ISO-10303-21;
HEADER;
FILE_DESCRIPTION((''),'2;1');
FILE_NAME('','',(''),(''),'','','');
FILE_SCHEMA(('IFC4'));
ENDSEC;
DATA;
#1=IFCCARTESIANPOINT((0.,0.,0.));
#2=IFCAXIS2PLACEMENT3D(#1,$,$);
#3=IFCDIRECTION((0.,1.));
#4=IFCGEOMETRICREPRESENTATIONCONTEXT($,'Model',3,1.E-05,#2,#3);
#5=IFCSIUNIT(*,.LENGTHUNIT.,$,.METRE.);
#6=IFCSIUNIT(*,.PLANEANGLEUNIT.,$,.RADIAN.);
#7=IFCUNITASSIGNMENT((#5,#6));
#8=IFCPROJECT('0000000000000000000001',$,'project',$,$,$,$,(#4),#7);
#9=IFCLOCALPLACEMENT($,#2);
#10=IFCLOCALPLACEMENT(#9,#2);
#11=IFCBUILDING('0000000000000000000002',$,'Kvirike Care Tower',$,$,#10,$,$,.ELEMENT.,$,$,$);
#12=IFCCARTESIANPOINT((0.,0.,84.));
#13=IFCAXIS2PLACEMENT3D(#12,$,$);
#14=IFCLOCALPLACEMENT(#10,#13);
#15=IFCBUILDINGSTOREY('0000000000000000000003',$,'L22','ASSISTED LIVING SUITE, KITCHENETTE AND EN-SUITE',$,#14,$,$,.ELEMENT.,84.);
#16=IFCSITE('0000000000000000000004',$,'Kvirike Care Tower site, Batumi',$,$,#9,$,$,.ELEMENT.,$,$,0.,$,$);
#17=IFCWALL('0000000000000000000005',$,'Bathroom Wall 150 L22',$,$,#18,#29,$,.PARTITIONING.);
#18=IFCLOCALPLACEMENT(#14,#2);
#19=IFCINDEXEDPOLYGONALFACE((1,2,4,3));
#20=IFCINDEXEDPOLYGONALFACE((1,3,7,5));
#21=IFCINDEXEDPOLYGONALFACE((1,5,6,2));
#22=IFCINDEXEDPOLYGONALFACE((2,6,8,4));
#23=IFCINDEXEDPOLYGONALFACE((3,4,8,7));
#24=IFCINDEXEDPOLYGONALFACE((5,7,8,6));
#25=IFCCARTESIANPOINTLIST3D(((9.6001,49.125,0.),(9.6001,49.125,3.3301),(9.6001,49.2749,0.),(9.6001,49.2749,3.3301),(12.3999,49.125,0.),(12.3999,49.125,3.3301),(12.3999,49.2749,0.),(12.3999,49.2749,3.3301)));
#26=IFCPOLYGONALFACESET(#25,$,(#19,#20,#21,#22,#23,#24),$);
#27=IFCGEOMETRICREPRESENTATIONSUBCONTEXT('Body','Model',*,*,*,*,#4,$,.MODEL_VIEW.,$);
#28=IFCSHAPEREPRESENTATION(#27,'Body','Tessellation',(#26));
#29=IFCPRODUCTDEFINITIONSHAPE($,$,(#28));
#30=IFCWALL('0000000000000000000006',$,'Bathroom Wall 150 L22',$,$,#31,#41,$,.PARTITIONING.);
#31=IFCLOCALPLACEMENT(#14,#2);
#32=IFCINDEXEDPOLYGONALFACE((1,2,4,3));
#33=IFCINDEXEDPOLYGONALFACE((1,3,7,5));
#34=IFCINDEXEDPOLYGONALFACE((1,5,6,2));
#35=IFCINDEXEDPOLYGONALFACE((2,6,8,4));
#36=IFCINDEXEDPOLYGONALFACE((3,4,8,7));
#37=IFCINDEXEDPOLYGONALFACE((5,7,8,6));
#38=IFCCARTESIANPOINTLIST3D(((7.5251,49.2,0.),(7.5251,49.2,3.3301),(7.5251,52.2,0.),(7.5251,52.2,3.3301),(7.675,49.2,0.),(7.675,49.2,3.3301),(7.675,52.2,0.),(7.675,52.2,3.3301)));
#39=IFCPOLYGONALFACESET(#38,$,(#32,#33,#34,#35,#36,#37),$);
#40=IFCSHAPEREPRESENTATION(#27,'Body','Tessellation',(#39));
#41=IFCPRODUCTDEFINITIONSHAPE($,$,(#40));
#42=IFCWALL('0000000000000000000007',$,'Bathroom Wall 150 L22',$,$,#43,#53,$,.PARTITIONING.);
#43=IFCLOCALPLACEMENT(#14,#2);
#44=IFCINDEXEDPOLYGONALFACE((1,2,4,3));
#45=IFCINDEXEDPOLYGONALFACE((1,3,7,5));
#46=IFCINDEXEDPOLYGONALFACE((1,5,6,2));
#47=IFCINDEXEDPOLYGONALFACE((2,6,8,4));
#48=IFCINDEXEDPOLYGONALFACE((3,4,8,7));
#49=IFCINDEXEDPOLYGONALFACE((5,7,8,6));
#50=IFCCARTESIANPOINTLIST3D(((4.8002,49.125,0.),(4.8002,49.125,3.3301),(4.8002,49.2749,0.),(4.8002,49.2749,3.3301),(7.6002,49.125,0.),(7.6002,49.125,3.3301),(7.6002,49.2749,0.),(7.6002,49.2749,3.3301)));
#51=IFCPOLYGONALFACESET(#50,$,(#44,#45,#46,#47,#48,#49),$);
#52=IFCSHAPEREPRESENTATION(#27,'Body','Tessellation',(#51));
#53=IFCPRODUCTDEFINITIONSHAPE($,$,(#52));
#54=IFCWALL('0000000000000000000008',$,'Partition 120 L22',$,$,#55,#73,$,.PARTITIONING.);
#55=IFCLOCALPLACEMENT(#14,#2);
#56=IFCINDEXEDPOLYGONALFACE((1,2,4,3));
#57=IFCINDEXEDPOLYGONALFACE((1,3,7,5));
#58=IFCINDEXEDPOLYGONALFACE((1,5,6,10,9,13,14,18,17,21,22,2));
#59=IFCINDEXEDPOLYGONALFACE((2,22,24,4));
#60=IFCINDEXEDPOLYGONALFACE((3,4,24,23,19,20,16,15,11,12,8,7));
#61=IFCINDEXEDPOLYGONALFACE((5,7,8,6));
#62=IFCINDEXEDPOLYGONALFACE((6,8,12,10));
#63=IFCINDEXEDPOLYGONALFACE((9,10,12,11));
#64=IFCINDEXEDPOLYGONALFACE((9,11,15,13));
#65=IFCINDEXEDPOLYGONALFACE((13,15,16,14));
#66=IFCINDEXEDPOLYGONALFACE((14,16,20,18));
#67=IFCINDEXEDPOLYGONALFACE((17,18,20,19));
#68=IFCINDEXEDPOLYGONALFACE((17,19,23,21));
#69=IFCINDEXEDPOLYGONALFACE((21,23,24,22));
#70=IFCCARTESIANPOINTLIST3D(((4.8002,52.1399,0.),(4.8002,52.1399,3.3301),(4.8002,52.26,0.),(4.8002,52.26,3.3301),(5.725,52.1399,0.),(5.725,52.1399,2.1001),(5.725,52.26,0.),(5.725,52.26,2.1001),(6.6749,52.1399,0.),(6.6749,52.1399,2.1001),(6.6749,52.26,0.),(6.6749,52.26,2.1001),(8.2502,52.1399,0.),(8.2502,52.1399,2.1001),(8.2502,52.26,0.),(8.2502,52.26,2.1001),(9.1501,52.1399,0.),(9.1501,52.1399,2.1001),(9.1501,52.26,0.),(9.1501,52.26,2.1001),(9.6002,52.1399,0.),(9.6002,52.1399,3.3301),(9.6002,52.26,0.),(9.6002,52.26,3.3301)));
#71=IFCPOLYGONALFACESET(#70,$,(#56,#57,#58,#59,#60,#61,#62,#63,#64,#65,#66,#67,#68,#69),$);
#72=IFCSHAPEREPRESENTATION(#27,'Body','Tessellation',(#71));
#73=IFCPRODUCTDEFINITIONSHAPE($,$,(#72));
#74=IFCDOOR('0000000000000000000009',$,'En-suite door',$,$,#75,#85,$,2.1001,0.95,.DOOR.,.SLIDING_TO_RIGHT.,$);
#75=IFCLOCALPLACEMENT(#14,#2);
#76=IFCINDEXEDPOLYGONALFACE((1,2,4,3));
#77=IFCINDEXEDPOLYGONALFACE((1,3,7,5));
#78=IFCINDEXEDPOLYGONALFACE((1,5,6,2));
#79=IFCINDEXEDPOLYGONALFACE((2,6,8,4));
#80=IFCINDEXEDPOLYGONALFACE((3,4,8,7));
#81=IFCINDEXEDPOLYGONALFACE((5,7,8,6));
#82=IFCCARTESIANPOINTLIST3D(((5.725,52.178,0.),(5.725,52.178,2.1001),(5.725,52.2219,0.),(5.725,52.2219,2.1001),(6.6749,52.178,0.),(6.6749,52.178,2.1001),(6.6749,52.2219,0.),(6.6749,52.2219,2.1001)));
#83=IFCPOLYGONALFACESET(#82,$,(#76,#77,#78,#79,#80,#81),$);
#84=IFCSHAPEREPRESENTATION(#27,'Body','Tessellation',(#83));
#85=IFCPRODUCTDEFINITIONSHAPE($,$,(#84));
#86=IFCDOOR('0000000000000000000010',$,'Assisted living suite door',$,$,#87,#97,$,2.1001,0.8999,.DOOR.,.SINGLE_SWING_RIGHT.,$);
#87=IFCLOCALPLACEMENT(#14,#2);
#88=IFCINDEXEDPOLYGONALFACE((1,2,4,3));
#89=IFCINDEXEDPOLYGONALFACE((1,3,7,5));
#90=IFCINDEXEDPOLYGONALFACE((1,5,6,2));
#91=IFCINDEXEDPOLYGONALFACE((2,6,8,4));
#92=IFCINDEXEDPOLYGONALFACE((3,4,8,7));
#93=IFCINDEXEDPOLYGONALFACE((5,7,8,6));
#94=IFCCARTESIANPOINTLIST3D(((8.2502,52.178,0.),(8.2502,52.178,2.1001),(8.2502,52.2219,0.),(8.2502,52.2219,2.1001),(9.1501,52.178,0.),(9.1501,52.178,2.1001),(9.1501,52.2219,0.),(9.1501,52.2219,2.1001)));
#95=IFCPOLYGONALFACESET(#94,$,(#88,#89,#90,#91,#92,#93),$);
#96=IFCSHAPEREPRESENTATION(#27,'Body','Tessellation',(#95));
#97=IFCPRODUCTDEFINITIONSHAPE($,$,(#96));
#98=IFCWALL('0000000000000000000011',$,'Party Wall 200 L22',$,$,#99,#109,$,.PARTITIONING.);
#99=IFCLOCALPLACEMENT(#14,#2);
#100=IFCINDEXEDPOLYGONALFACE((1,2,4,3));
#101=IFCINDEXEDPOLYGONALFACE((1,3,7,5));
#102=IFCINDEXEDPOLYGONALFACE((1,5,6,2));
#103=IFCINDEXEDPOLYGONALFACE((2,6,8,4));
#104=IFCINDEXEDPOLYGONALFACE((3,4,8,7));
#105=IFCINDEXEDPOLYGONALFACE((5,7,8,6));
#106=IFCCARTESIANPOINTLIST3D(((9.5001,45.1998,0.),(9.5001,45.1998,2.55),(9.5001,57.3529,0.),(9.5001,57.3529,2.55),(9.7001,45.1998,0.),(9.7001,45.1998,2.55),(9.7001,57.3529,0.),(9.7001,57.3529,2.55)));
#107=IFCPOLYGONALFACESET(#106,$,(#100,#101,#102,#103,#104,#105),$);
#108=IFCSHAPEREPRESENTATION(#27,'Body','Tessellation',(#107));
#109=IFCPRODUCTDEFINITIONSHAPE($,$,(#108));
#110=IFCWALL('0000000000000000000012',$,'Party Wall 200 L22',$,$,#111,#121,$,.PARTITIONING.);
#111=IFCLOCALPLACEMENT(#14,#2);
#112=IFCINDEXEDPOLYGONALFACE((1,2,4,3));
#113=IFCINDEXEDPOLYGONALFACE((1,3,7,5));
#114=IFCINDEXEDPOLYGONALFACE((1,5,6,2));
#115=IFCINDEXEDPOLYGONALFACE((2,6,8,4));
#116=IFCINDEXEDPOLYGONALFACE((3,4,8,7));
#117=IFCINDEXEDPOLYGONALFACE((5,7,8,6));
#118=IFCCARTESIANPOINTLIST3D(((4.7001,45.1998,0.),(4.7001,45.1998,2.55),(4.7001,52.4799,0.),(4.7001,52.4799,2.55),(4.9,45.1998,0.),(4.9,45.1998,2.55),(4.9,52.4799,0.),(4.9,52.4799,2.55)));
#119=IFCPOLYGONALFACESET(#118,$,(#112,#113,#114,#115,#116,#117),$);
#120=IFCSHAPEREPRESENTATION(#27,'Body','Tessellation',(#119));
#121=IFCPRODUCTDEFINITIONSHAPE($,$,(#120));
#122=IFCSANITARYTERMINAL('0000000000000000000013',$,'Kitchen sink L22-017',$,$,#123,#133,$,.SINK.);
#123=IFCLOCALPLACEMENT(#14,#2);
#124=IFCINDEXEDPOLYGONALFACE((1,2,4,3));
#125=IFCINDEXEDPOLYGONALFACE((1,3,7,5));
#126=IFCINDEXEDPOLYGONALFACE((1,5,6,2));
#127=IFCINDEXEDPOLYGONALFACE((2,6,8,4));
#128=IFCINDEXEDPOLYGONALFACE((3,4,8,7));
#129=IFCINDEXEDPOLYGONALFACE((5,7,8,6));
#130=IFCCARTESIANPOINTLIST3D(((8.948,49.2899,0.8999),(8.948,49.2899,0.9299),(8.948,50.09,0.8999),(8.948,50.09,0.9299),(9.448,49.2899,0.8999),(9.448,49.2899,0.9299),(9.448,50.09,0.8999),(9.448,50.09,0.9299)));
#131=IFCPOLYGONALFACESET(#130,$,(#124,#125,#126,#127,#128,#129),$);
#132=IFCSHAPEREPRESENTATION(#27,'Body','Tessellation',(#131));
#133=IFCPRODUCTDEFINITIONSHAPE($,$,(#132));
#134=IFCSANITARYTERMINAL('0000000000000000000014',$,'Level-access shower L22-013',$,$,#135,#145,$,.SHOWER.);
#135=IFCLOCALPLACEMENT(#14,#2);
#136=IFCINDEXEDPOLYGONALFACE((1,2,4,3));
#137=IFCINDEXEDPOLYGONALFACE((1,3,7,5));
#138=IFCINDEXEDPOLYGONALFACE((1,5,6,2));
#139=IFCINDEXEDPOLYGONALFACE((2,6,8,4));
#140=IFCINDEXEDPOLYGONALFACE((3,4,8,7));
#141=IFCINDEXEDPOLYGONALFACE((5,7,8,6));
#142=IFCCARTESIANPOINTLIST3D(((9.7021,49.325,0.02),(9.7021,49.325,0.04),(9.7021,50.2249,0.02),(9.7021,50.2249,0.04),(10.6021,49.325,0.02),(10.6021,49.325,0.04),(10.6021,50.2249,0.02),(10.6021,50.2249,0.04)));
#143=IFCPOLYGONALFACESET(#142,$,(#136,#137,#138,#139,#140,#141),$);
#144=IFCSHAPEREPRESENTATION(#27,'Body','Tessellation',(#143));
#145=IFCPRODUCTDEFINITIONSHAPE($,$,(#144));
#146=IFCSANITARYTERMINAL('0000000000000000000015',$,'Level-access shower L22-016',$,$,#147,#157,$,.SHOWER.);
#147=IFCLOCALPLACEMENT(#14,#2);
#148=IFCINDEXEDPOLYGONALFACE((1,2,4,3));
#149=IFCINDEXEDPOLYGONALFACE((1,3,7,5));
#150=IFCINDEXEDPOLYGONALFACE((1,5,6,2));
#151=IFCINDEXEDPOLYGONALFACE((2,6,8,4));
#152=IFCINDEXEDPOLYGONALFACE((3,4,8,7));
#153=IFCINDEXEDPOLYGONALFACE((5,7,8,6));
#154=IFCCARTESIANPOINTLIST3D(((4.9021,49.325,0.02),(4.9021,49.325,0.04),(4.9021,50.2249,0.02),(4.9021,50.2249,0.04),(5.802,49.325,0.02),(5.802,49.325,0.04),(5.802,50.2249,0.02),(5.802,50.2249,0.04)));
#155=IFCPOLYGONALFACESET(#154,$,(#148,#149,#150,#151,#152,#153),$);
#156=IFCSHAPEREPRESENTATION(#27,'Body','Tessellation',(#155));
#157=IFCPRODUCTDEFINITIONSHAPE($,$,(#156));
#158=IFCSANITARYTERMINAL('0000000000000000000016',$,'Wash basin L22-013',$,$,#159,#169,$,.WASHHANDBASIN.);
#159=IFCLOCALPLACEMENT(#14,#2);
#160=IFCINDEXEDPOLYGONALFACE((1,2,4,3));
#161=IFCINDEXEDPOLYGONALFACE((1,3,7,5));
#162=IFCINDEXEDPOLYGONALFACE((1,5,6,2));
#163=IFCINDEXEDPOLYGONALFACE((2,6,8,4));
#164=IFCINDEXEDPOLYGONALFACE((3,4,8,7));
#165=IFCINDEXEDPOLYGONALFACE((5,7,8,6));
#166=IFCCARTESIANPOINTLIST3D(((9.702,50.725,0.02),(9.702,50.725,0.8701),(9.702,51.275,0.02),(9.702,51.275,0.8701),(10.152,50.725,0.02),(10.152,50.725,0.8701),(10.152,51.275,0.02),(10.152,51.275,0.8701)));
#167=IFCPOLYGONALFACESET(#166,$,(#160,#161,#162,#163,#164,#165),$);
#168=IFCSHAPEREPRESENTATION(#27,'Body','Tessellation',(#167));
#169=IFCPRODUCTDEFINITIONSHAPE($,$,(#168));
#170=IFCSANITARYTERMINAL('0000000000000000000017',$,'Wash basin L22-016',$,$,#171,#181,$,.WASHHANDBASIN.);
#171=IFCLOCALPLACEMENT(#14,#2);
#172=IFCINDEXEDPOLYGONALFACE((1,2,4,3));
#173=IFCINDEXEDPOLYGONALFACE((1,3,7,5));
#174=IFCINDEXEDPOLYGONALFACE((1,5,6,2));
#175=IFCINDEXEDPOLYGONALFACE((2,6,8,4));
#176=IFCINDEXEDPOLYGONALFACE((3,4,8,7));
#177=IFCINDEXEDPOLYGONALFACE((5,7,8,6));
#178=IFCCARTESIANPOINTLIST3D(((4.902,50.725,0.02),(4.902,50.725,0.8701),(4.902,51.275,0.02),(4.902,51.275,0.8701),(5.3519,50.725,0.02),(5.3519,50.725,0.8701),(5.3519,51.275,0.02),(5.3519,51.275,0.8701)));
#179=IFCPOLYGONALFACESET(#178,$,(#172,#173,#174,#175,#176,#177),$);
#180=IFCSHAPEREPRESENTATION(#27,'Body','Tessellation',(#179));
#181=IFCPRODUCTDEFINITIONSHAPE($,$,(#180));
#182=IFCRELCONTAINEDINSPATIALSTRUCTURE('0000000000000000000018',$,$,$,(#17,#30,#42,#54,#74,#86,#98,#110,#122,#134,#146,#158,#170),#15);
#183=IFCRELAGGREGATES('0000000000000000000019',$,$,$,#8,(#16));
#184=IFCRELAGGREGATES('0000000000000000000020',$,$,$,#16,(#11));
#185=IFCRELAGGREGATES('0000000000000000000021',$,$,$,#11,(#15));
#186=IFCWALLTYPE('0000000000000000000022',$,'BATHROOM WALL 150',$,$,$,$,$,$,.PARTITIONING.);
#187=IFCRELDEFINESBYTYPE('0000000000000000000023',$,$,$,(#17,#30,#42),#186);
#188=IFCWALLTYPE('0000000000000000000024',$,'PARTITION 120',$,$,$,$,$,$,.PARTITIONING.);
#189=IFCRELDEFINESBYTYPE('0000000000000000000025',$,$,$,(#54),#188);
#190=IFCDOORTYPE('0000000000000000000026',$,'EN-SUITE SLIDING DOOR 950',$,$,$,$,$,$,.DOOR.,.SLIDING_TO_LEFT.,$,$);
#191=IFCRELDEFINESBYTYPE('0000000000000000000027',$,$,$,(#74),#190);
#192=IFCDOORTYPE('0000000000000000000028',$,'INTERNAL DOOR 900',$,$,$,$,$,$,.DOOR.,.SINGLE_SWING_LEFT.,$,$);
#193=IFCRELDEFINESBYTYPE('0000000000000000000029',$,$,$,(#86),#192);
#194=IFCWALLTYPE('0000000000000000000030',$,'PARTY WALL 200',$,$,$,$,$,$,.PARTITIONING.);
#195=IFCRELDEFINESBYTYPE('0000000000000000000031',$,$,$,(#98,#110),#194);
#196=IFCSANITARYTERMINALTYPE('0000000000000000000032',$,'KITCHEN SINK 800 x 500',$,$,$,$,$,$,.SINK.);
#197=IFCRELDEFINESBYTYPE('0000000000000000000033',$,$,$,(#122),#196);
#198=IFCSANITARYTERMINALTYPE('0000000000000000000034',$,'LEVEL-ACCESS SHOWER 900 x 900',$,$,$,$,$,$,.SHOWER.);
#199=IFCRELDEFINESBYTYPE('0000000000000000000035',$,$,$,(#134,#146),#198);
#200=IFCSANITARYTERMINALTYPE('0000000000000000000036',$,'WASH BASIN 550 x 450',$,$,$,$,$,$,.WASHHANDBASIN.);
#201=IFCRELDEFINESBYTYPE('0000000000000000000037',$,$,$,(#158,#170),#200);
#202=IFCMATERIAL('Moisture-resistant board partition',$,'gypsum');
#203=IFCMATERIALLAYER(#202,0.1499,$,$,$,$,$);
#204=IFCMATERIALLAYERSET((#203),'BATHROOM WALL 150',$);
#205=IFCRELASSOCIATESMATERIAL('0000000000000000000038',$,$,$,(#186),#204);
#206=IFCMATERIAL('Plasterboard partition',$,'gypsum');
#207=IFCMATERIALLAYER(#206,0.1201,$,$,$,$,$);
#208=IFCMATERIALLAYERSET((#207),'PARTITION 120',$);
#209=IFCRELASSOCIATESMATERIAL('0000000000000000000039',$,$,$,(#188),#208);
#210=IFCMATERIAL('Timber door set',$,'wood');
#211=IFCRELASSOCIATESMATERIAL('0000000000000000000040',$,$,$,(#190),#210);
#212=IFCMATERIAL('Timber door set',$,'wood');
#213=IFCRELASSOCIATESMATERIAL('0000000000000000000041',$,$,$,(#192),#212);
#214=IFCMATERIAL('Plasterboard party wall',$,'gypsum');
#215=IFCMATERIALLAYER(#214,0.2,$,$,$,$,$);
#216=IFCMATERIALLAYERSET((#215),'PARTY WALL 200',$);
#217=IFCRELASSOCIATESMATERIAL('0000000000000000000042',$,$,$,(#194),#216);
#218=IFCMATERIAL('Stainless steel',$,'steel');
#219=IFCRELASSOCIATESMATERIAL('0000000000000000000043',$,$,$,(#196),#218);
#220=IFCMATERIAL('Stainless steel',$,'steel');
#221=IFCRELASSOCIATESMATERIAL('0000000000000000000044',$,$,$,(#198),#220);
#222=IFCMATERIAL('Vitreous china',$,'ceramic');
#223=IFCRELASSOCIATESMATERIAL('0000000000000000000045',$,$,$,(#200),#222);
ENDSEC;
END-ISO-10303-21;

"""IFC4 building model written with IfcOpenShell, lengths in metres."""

from ifc_helpers import new_model, si_unit, direction, frame, frame_2d, origin, origin_2d, place, context, subcontext, project, spatial, rectangle, extrude, material, layer, layer_set, type_object, element, fill, save


model = new_model("IFC4")

# Units and contexts
model_context = context("Model", 3, precision=1e-05, world=origin(), true_north=direction((0.0, 1.0)))
body_context = subcontext(model_context, "Body", "Model", "MODEL_VIEW")
ifc_project = project(units=[si_unit("LENGTHUNIT", "METRE"), si_unit("PLANEANGLEUNIT", "RADIAN")], contexts=[model_context])

# Site, building, storey
site_placement = place(None, origin())
site = spatial("IfcSite", under=ifc_project, at=site_placement, Name="Kvirike Care Tower site, Batumi", CompositionType="ELEMENT", RefElevation=0.0)
building_placement = place(site_placement, origin())
building = spatial("IfcBuilding", under=site, at=building_placement, Name="Kvirike Care Tower", CompositionType="ELEMENT")
storey_placement = place(building_placement, frame((0.0, 0.0, 84.0)))
storey = spatial("IfcBuildingStorey", under=building, at=storey_placement, Name="L22", Description="ASSISTED LIVING SUITE, KITCHENETTE AND EN-SUITE", CompositionType="ELEMENT", Elevation=84.0)

# Walls
ifc_material_1 = material(Name="Moisture-resistant board partition", Category="gypsum")
ifc_layer_1 = layer(ifc_material_1, 0.1499)
ifc_layer_set_1 = layer_set([ifc_layer_1], Name="BATHROOM WALL 150")
wall_type_1 = type_object("IfcWallType", Name="BATHROOM WALL 150", PredefinedType="PARTITIONING", material=ifc_layer_set_1)
wall_1_placement = place(storey_placement, frame((12.3999, 49.2, 0.0), z_axis=(0.0, 0.0, 1.0), x_axis=(-1.0, 0.0, 0.0)))
element("IfcWall", 1, at=wall_1_placement, inside=storey, type_object=wall_type_1, Name="Bathroom Wall 150 L22", PredefinedType="PARTITIONING", context=body_context, shape_type="SweptSolid", body=[
    extrude(rectangle(XDim=2.7998, YDim=0.1499, at=frame_2d((1.3999, 0.0))), origin(), (0.0, 0.0, 1.0), 3.3301),
])
wall_2_placement = place(storey_placement, frame((7.6001, 52.2, 0.0), z_axis=(0.0, 0.0, 1.0), x_axis=(0.0, -1.0, 0.0)))
element("IfcWall", 2, at=wall_2_placement, inside=storey, type_object=wall_type_1, Name="Bathroom Wall 150 L22", PredefinedType="PARTITIONING", context=body_context, shape_type="SweptSolid", body=[
    extrude(rectangle(XDim=3.0, YDim=0.1499, at=frame_2d((1.5, 0.0))), origin(), (0.0, 0.0, 1.0), 3.3301),
])
wall_3_placement = place(storey_placement, frame((7.6001, 49.2, 0.0), z_axis=(0.0, 0.0, 1.0), x_axis=(-1.0, 0.0, 0.0)))
element("IfcWall", 3, at=wall_3_placement, inside=storey, type_object=wall_type_1, Name="Bathroom Wall 150 L22", PredefinedType="PARTITIONING", context=body_context, shape_type="SweptSolid", body=[
    extrude(rectangle(XDim=2.8, YDim=0.1499, at=frame_2d((1.3999, 0.0))), origin(), (0.0, 0.0, 1.0), 3.3301),
])

# Wall, openings, doors
ifc_material_2 = material(Name="Plasterboard partition", Category="gypsum")
ifc_layer_2 = layer(ifc_material_2, 0.1201)
ifc_layer_set_2 = layer_set([ifc_layer_2], Name="PARTITION 120")
wall_type_2 = type_object("IfcWallType", Name="PARTITION 120", PredefinedType="PARTITIONING", material=ifc_layer_set_2)
wall_4_placement = place(storey_placement, frame((9.6001, 52.2, 0.0), z_axis=(0.0, 0.0, 1.0), x_axis=(-1.0, 0.0, 0.0)))
wall_4 = element("IfcWall", 4, at=wall_4_placement, inside=storey, type_object=wall_type_2, Name="Partition 120 L22", PredefinedType="PARTITIONING", context=body_context, shape_type="SweptSolid", body=[
    extrude(rectangle(XDim=4.8, YDim=0.1201, at=frame_2d((2.3999, 0.0))), origin(), (0.0, 0.0, 1.0), 3.3301),
])
opening_1_placement = place(wall_4_placement, frame((0.45, 0.0, 0.0)))
opening_1 = element("IfcOpeningElement", 5, at=opening_1_placement, cuts=wall_4, PredefinedType="OPENING", context=body_context, shape_type="SweptSolid", body=[
    extrude(rectangle(XDim=0.8999, YDim=2.1001, at=frame_2d((0.45, 1.05))), frame((0.0, 0.0706, 0.0), z_axis=(0.0, -1.0, 0.0), x_axis=(1.0, 0.0, 0.0)), (0.0, 0.0, 1.0), 0.1411),
])
opening_2_placement = place(wall_4_placement, frame((2.925, 0.0, 0.0)))
opening_2 = element("IfcOpeningElement", 6, at=opening_2_placement, cuts=wall_4, PredefinedType="OPENING", context=body_context, shape_type="SweptSolid", body=[
    extrude(rectangle(XDim=0.95, YDim=2.1001, at=frame_2d((0.4751, 1.05))), frame((0.0, 0.0706, 0.0), z_axis=(0.0, -1.0, 0.0), x_axis=(1.0, 0.0, 0.0)), (0.0, 0.0, 1.0), 0.1411),
])
ifc_material_3 = material(Name="Timber door set", Category="wood")
door_type_1 = type_object("IfcDoorType", Name="EN-SUITE SLIDING DOOR 950", OperationType="SLIDING_TO_LEFT", PredefinedType="DOOR", material=ifc_material_3)
door_1_placement = place(opening_2_placement, origin())
door_1 = element("IfcDoor", 7, at=door_1_placement, inside=storey, type_object=door_type_1, Name="En-suite door", OperationType="SLIDING_TO_RIGHT", OverallHeight=2.1001, OverallWidth=0.95, PredefinedType="DOOR", context=body_context, shape_type="SweptSolid", body=[
    extrude(rectangle(XDim=0.95, YDim=2.1001, at=frame_2d((0.4751, 1.05))), frame((0.0, 0.022, 0.0), z_axis=(0.0, -1.0, 0.0), x_axis=(1.0, 0.0, 0.0)), (0.0, 0.0, 1.0), 0.0439),
])
fill(opening_2, door_1)
ifc_material_4 = material(Name="Timber door set", Category="wood")
door_type_2 = type_object("IfcDoorType", Name="INTERNAL DOOR 900", OperationType="SINGLE_SWING_LEFT", PredefinedType="DOOR", material=ifc_material_4)
door_2_placement = place(opening_1_placement, origin())
door_2 = element("IfcDoor", 8, at=door_2_placement, inside=storey, type_object=door_type_2, Name="Assisted living suite door", OperationType="SINGLE_SWING_RIGHT", OverallHeight=2.1001, OverallWidth=0.8999, PredefinedType="DOOR", context=body_context, shape_type="SweptSolid", body=[
    extrude(rectangle(XDim=0.8999, YDim=2.1001, at=frame_2d((0.45, 1.05))), frame((0.0, 0.022, 0.0), z_axis=(0.0, -1.0, 0.0), x_axis=(1.0, 0.0, 0.0)), (0.0, 0.0, 1.0), 0.0439),
])
fill(opening_1, door_2)

# Walls
ifc_material_5 = material(Name="Plasterboard party wall", Category="gypsum")
ifc_layer_3 = layer(ifc_material_5, 0.2)
ifc_layer_set_3 = layer_set([ifc_layer_3], Name="PARTY WALL 200")
wall_type_3 = type_object("IfcWallType", Name="PARTY WALL 200", PredefinedType="PARTITIONING", material=ifc_layer_set_3)
wall_5_placement = place(storey_placement, frame((9.6001, 57.353, 0.0), z_axis=(0.0, 0.0, 1.0), x_axis=(0.0, -1.0, 0.0)))
element("IfcWall", 9, at=wall_5_placement, inside=storey, type_object=wall_type_3, Name="Party Wall 200 L22", PredefinedType="PARTITIONING", context=body_context, shape_type="SweptSolid", body=[
    extrude(rectangle(XDim=12.1531, YDim=0.2, at=frame_2d((6.0767, 0.0))), origin(), (0.0, 0.0, 1.0), 2.55),
])
wall_6_placement = place(storey_placement, frame((4.8, 52.48, 0.0), z_axis=(0.0, 0.0, 1.0), x_axis=(0.0, -1.0, 0.0)))
element("IfcWall", 10, at=wall_6_placement, inside=storey, type_object=wall_type_3, Name="Party Wall 200 L22", PredefinedType="PARTITIONING", context=body_context, shape_type="SweptSolid", body=[
    extrude(rectangle(XDim=7.28, YDim=0.2, at=frame_2d((3.6401, 0.0))), origin(), (0.0, 0.0, 1.0), 2.55),
])

# Sanitary terminals
ifc_material_6 = material(Name="Stainless steel", Category="steel")
sanitary_terminal_type_1 = type_object("IfcSanitaryTerminalType", Name="KITCHEN SINK 800 x 500", PredefinedType="SINK", material=ifc_material_6)
sanitary_terminal_placement = place(storey_placement, frame((9.198, 49.6899, 0.8999), z_axis=(0.0, 0.0, 1.0), x_axis=(0.0, -1.0, 0.0)))
element("IfcSanitaryTerminal", 11, at=sanitary_terminal_placement, inside=storey, type_object=sanitary_terminal_type_1, Name="Kitchen sink L22-017", PredefinedType="SINK", context=body_context, shape_type="SweptSolid", body=[
    extrude(rectangle(XDim=0.8, YDim=0.5, at=origin_2d()), origin(), (0.0, 0.0, 1.0), 0.03),
])
ifc_material_7 = material(Name="Stainless steel", Category="steel")
sanitary_terminal_type_2 = type_object("IfcSanitaryTerminalType", Name="LEVEL-ACCESS SHOWER 900 x 900", PredefinedType="SHOWER", material=ifc_material_7)
for number, where, z_axis, x_axis, name in (
    (12, (10.1521, 49.7749, 0.02), (0.0, 0.0, 1.0), (0.0, 1.0, 0.0), "Level-access shower L22-013"),
    (13, (5.3521, 49.7749, 0.02), (0.0, 0.0, 1.0), (0.0, 1.0, 0.0), "Level-access shower L22-016"),
):
    element("IfcSanitaryTerminal", number, at=place(storey_placement, frame(where, z_axis=z_axis, x_axis=x_axis)), inside=storey, type_object=sanitary_terminal_type_2, Name=name, PredefinedType="SHOWER", context=body_context, shape_type="SweptSolid", body=[
        extrude(rectangle(XDim=0.8999, YDim=0.8999, at=origin_2d()), origin(), (0.0, 0.0, 1.0), 0.02),
    ])
ifc_material_8 = material(Name="Vitreous china", Category="ceramic")
sanitary_terminal_type_3 = type_object("IfcSanitaryTerminalType", Name="WASH BASIN 550 x 450", PredefinedType="WASHHANDBASIN", material=ifc_material_8)
for number, where, z_axis, x_axis, name in (
    (14, (9.927, 51.0, 0.02), (0.0, 0.0, 1.0), (0.0, 1.0, 0.0), "Wash basin L22-013"),
    (15, (5.127, 51.0, 0.02), (0.0, 0.0, 1.0), (0.0, 1.0, 0.0), "Wash basin L22-016"),
):
    element("IfcSanitaryTerminal", number, at=place(storey_placement, frame(where, z_axis=z_axis, x_axis=x_axis)), inside=storey, type_object=sanitary_terminal_type_3, Name=name, PredefinedType="WASHHANDBASIN", context=body_context, shape_type="SweptSolid", body=[
        extrude(rectangle(XDim=0.55, YDim=0.45, at=origin_2d()), origin(), (0.0, 0.0, 1.0), 0.8501),
    ])

save(model, "model.ifc")
